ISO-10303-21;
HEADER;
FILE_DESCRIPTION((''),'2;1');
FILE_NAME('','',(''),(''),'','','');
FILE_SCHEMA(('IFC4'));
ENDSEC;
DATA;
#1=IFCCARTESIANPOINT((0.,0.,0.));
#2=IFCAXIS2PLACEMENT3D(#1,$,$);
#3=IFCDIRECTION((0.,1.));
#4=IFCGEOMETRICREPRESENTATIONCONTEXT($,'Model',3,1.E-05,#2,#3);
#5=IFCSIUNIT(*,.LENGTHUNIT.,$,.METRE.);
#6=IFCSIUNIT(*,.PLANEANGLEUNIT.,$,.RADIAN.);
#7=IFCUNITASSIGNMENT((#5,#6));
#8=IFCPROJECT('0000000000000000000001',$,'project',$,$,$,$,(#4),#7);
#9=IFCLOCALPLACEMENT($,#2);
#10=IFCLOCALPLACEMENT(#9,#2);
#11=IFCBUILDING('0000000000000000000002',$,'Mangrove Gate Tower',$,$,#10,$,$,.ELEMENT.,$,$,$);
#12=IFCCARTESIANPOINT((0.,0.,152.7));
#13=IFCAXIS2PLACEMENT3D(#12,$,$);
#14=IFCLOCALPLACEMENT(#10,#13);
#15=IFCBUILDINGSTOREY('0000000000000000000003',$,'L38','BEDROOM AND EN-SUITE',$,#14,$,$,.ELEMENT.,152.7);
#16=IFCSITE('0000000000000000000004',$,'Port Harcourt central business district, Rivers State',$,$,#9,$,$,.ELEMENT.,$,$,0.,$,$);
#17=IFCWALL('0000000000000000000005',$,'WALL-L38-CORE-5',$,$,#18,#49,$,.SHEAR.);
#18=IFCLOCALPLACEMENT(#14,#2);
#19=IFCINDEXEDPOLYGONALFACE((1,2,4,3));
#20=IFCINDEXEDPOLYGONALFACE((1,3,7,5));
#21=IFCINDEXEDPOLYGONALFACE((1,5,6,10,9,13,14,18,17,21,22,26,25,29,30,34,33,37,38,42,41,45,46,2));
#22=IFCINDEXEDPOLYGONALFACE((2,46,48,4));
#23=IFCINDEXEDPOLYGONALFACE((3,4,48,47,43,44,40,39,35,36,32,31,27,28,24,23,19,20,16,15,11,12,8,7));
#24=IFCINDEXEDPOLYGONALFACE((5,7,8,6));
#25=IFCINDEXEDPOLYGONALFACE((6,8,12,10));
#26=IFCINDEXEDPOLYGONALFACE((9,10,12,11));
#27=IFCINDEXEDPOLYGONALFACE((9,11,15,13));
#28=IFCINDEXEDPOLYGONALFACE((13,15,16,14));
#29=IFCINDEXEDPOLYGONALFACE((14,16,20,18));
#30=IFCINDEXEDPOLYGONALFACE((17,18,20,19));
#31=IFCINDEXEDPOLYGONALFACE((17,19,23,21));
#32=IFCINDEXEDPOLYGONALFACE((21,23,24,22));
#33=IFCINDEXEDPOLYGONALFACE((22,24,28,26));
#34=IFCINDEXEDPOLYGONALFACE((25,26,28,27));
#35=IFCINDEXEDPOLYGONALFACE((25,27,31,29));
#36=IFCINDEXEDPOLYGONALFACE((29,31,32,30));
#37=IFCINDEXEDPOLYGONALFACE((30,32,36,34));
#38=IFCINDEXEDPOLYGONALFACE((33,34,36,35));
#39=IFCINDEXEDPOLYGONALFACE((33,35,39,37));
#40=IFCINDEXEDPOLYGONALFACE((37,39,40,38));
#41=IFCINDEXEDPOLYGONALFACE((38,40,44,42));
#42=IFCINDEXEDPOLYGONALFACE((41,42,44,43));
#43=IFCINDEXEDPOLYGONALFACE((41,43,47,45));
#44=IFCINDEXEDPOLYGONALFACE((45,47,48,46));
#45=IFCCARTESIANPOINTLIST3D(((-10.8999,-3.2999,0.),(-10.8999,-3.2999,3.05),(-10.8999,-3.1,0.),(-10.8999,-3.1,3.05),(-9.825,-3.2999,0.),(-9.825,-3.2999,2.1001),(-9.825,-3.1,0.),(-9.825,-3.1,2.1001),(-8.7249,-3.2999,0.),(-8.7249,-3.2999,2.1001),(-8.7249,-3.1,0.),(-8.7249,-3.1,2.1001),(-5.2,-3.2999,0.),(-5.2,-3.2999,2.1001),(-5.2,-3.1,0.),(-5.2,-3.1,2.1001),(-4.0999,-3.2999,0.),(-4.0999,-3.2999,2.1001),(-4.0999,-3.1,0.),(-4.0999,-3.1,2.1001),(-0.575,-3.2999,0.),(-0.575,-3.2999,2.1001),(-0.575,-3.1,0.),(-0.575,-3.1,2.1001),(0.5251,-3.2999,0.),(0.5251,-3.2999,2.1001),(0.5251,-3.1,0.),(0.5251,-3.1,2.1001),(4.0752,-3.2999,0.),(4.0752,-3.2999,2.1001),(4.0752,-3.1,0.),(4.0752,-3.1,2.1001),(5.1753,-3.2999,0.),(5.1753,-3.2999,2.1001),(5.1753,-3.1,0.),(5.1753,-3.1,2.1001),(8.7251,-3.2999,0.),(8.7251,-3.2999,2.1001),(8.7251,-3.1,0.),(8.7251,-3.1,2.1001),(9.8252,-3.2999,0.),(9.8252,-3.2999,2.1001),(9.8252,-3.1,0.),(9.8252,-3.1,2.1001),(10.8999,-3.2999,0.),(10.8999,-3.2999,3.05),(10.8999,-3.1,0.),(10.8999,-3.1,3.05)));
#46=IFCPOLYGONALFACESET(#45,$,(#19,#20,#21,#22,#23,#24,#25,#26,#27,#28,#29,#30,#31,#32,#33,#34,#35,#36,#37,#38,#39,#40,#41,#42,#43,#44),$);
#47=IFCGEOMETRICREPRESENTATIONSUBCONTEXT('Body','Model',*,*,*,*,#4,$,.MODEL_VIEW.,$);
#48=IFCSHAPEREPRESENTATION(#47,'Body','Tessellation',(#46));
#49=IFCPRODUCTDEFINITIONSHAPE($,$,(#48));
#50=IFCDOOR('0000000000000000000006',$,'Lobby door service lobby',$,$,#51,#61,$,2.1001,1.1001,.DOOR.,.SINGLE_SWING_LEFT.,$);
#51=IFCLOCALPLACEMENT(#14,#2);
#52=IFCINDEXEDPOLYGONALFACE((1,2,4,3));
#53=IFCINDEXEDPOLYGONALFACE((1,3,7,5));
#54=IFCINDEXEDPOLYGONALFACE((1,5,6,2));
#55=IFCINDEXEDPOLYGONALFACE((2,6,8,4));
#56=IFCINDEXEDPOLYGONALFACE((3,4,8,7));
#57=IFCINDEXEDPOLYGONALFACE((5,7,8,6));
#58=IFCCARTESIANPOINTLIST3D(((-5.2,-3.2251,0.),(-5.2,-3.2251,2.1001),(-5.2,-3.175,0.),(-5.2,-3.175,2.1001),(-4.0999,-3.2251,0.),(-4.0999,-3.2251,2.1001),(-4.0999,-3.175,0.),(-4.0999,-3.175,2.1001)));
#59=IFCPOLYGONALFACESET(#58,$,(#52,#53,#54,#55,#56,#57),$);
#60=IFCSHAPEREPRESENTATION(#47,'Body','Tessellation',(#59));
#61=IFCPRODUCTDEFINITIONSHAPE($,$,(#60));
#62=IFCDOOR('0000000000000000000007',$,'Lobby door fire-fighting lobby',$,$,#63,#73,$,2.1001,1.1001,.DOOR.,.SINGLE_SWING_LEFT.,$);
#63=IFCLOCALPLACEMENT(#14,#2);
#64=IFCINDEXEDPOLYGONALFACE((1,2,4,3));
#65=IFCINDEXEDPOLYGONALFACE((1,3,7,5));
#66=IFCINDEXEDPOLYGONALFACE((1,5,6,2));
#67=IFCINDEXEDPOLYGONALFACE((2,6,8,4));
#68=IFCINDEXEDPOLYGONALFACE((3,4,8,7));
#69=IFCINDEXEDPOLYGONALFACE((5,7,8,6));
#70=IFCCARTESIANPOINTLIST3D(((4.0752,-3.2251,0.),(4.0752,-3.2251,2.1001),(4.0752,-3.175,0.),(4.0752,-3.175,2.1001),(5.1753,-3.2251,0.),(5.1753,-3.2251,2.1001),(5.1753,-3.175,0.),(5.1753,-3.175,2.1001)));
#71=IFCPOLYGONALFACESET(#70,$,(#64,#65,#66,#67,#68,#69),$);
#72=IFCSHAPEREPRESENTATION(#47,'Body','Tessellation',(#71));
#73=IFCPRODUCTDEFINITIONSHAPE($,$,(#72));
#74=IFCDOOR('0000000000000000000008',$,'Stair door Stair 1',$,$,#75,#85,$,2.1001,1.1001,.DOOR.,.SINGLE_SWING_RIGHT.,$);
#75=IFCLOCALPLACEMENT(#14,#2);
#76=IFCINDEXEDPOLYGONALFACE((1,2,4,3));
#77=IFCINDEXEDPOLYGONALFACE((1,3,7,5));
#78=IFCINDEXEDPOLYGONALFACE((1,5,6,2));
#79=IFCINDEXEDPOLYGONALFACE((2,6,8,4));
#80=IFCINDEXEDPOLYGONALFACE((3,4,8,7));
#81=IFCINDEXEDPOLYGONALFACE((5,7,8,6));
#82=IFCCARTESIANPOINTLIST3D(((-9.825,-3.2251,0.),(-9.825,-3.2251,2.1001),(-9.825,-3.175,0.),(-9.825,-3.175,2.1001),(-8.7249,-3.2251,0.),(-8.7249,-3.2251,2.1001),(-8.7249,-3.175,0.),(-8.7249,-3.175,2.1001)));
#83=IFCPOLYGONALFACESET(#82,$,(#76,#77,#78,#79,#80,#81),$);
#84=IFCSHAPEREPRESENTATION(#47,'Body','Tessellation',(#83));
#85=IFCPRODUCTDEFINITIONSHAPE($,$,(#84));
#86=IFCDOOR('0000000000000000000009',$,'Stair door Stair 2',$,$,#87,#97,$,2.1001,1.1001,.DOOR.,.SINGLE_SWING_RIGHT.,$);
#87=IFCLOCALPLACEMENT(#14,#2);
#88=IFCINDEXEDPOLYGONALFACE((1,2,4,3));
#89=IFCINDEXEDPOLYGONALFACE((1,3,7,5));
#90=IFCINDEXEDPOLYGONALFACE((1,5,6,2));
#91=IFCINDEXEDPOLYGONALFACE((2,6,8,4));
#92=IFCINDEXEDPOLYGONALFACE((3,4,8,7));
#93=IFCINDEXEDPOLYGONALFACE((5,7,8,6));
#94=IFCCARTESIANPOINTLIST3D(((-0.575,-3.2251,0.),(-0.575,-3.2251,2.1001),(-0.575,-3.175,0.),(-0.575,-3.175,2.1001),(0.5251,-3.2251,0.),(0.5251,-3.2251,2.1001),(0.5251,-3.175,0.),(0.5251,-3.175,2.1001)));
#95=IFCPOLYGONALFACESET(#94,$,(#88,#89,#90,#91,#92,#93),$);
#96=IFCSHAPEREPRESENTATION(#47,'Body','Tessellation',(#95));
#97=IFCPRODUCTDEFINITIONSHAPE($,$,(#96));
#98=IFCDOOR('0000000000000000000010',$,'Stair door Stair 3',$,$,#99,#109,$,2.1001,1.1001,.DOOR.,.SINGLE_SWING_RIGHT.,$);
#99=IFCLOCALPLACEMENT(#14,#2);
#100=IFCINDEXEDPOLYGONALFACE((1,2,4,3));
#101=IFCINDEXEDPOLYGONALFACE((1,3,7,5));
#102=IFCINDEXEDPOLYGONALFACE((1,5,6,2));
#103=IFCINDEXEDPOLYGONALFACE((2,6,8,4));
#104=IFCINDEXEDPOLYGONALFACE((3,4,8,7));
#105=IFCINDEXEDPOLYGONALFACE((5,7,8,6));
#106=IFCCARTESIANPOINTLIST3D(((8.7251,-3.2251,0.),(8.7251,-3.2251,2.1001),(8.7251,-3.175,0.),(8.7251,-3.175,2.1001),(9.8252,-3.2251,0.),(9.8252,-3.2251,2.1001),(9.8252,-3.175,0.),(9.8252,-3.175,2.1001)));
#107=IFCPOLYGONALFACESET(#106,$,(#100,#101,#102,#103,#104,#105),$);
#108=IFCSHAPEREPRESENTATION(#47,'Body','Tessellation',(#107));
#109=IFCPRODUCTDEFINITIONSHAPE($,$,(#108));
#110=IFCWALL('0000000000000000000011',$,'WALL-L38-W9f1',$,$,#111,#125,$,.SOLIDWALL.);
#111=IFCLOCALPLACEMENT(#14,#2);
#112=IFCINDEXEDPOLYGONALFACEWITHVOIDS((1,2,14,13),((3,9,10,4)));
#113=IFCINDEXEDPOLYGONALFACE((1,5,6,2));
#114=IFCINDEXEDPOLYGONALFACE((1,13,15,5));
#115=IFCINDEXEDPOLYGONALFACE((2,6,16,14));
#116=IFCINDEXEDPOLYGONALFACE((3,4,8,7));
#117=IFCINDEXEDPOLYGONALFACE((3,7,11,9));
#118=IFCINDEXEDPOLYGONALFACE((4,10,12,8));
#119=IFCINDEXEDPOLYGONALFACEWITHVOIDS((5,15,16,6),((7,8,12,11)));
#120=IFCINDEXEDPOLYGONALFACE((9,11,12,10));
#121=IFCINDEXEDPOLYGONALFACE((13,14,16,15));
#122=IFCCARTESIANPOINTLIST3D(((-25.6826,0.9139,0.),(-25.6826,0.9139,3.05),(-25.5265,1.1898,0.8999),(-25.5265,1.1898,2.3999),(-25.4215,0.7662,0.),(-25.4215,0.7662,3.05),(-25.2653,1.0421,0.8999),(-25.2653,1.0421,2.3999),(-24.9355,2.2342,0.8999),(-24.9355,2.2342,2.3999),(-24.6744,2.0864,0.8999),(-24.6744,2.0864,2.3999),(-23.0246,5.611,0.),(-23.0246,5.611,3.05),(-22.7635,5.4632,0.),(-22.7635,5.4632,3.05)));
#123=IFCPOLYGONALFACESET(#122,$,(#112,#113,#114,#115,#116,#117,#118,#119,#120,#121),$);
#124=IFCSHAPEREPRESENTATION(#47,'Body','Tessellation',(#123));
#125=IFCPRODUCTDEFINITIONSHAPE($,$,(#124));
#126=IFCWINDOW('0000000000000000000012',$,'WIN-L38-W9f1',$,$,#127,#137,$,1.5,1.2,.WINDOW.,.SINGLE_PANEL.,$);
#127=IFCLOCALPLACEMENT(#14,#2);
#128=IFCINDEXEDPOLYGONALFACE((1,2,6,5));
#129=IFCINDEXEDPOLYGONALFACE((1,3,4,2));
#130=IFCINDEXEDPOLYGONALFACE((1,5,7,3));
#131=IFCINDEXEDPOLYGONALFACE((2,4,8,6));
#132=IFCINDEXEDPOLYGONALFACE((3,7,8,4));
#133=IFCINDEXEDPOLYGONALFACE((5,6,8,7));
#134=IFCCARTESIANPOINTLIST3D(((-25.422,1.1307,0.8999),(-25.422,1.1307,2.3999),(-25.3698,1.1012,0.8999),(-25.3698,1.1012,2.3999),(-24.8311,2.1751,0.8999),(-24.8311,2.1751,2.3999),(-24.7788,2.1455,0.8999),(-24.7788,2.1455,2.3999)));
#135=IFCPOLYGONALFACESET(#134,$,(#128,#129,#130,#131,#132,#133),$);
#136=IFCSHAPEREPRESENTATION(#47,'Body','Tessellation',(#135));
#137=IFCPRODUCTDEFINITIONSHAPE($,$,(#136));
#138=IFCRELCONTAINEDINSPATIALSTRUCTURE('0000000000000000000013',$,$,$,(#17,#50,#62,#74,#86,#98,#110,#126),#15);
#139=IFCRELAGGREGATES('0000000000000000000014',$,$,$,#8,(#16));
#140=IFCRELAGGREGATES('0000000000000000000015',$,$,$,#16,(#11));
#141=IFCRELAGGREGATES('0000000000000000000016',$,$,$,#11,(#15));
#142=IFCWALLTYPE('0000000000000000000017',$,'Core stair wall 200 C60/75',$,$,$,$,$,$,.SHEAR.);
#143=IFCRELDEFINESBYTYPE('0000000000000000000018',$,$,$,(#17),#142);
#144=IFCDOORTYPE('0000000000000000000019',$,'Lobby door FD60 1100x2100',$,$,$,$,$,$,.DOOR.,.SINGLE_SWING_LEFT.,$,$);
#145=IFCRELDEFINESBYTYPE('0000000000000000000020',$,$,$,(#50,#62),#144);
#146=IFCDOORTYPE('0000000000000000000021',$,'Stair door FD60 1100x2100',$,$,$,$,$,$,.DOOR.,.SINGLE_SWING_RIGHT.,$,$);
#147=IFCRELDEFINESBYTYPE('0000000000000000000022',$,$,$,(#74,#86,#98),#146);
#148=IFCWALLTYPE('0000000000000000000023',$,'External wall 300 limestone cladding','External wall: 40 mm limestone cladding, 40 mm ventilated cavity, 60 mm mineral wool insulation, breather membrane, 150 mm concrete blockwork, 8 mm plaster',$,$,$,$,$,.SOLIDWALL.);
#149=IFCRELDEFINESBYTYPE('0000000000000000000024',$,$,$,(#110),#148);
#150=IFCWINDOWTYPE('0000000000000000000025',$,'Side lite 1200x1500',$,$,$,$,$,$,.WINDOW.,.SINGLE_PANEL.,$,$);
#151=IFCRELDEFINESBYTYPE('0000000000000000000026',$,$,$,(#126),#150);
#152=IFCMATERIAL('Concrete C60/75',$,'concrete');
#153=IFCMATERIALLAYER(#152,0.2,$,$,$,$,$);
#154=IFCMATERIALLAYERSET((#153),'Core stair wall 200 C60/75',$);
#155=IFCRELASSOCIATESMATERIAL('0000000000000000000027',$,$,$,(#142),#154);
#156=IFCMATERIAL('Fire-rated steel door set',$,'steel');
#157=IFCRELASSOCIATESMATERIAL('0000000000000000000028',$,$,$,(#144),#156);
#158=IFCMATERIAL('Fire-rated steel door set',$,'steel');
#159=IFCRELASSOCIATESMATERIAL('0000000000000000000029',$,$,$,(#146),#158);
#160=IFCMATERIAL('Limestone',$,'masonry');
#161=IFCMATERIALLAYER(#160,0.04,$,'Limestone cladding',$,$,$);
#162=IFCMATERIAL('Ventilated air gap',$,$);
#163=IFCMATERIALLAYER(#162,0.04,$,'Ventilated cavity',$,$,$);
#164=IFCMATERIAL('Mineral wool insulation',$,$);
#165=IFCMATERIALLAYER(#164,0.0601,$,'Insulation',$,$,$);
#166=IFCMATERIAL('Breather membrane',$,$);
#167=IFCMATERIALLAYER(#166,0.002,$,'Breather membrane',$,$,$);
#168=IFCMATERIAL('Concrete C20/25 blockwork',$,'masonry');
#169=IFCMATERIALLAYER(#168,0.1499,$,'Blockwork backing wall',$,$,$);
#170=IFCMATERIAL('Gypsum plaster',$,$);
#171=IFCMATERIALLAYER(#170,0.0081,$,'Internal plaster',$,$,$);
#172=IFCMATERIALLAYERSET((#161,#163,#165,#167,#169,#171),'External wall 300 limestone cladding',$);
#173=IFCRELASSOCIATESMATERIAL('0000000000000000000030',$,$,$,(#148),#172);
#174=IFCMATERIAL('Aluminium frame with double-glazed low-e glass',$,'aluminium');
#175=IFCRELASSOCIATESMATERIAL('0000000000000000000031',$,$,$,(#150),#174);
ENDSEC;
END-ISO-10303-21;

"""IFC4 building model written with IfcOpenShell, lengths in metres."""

from ifc_helpers import new_model, si_unit, direction, frame, frame_2d, origin, place, context, subcontext, project, spatial, rectangle, extrude, material, layer, layer_set, type_object, element, fill, save


model = new_model("IFC4")

# Units and contexts
model_context = context("Model", 3, precision=1e-05, world=origin(), true_north=direction((0.0, 1.0)))
body_context = subcontext(model_context, "Body", "Model", "MODEL_VIEW")
ifc_project = project(units=[si_unit("LENGTHUNIT", "METRE"), si_unit("PLANEANGLEUNIT", "RADIAN")], contexts=[model_context])

# Site, building, storey
site_placement = place(None, origin())
site = spatial("IfcSite", under=ifc_project, at=site_placement, Name="Port Harcourt central business district, Rivers State", CompositionType="ELEMENT", RefElevation=0.0)
building_placement = place(site_placement, origin())
building = spatial("IfcBuilding", under=site, at=building_placement, Name="Mangrove Gate Tower", CompositionType="ELEMENT")
storey_placement = place(building_placement, frame((0.0, 0.0, 152.7)))
storey = spatial("IfcBuildingStorey", under=building, at=storey_placement, Name="L38", Description="BEDROOM AND EN-SUITE", CompositionType="ELEMENT", Elevation=152.7)

# Wall, openings, doors
ifc_material_1 = material(Name="Concrete C60/75", Category="concrete")
ifc_layer_1 = layer(ifc_material_1, 0.2)
ifc_layer_set_1 = layer_set([ifc_layer_1], Name="Core stair wall 200 C60/75")
wall_type_1 = type_object("IfcWallType", Name="Core stair wall 200 C60/75", PredefinedType="SHEAR", material=ifc_layer_set_1)
wall_1_placement = place(storey_placement, frame((-10.8999, -3.2, 0.0), z_axis=(0.0, 0.0, 1.0), x_axis=(1.0, 0.0, 0.0)))
wall_1 = element("IfcWall", 1, at=wall_1_placement, inside=storey, type_object=wall_type_1, Name="WALL-L38-CORE-5", PredefinedType="SHEAR", context=body_context, shape_type="SweptSolid", body=[
    extrude(rectangle(XDim=21.7998, YDim=0.2, at=frame_2d((10.8999, 0.0))), origin(), (0.0, 0.0, 1.0), 3.05),
])
opening_1_placement = place(wall_1_placement, frame((1.075, 0.0, 0.0)))
opening_1 = element("IfcOpeningElement", 2, at=opening_1_placement, cuts=wall_1, PredefinedType="OPENING", context=body_context, shape_type="SweptSolid", body=[
    extrude(rectangle(XDim=1.1001, YDim=2.1001, at=frame_2d((0.55, 1.05))), frame((0.0, 0.1099, 0.0), z_axis=(0.0, -1.0, 0.0), x_axis=(1.0, 0.0, 0.0)), (0.0, 0.0, 1.0), 0.22),
])
opening_2_placement = place(wall_1_placement, frame((10.325, 0.0, 0.0)))
opening_2 = element("IfcOpeningElement", 3, at=opening_2_placement, cuts=wall_1, PredefinedType="OPENING", context=body_context, shape_type="SweptSolid", body=[
    extrude(rectangle(XDim=1.1001, YDim=2.1001, at=frame_2d((0.55, 1.05))), frame((0.0, 0.1099, 0.0), z_axis=(0.0, -1.0, 0.0), x_axis=(1.0, 0.0, 0.0)), (0.0, 0.0, 1.0), 0.22),
])
opening_3_placement = place(wall_1_placement, frame((19.625, 0.0, 0.0)))
opening_3 = element("IfcOpeningElement", 4, at=opening_3_placement, cuts=wall_1, PredefinedType="OPENING", context=body_context, shape_type="SweptSolid", body=[
    extrude(rectangle(XDim=1.1001, YDim=2.1001, at=frame_2d((0.55, 1.05))), frame((0.0, 0.1099, 0.0), z_axis=(0.0, -1.0, 0.0), x_axis=(1.0, 0.0, 0.0)), (0.0, 0.0, 1.0), 0.22),
])
opening_4_placement = place(wall_1_placement, frame((5.7, 0.0, 0.0)))
opening_4 = element("IfcOpeningElement", 5, at=opening_4_placement, cuts=wall_1, PredefinedType="OPENING", context=body_context, shape_type="SweptSolid", body=[
    extrude(rectangle(XDim=1.1001, YDim=2.1001, at=frame_2d((0.55, 1.05))), frame((0.0, 0.1099, 0.0), z_axis=(0.0, -1.0, 0.0), x_axis=(1.0, 0.0, 0.0)), (0.0, 0.0, 1.0), 0.22),
])
opening_5_placement = place(wall_1_placement, frame((14.9751, 0.0, 0.0)))
opening_5 = element("IfcOpeningElement", 6, at=opening_5_placement, cuts=wall_1, PredefinedType="OPENING", context=body_context, shape_type="SweptSolid", body=[
    extrude(rectangle(XDim=1.1001, YDim=2.1001, at=frame_2d((0.55, 1.05))), frame((0.0, 0.1099, 0.0), z_axis=(0.0, -1.0, 0.0), x_axis=(1.0, 0.0, 0.0)), (0.0, 0.0, 1.0), 0.22),
])
ifc_material_2 = material(Name="Fire-rated steel door set", Category="steel")
door_type_1 = type_object("IfcDoorType", Name="Lobby door FD60 1100x2100", OperationType="SINGLE_SWING_LEFT", PredefinedType="DOOR", material=ifc_material_2)
door_1_placement = place(opening_4_placement, origin())
door_1 = element("IfcDoor", 7, at=door_1_placement, inside=storey, type_object=door_type_1, Name="Lobby door service lobby", OperationType="SINGLE_SWING_LEFT", OverallHeight=2.1001, OverallWidth=1.1001, PredefinedType="DOOR", context=body_context, shape_type="SweptSolid", body=[
    extrude(rectangle(XDim=1.1001, YDim=2.1001, at=frame_2d((0.55, 1.05))), frame((0.0, 0.0249, 0.0), z_axis=(0.0, -1.0, 0.0), x_axis=(1.0, 0.0, 0.0)), (0.0, 0.0, 1.0), 0.05),
])
fill(opening_4, door_1)
door_2_placement = place(opening_5_placement, origin())
door_2 = element("IfcDoor", 8, at=door_2_placement, inside=storey, type_object=door_type_1, Name="Lobby door fire-fighting lobby", OperationType="SINGLE_SWING_LEFT", OverallHeight=2.1001, OverallWidth=1.1001, PredefinedType="DOOR", context=body_context, shape_type="SweptSolid", body=[
    extrude(rectangle(XDim=1.1001, YDim=2.1001, at=frame_2d((0.55, 1.05))), frame((0.0, 0.0249, 0.0), z_axis=(0.0, -1.0, 0.0), x_axis=(1.0, 0.0, 0.0)), (0.0, 0.0, 1.0), 0.05),
])
fill(opening_5, door_2)
ifc_material_3 = material(Name="Fire-rated steel door set", Category="steel")
door_type_2 = type_object("IfcDoorType", Name="Stair door FD60 1100x2100", OperationType="SINGLE_SWING_RIGHT", PredefinedType="DOOR", material=ifc_material_3)
door_3_placement = place(opening_1_placement, origin())
door_3 = element("IfcDoor", 9, at=door_3_placement, inside=storey, type_object=door_type_2, Name="Stair door Stair 1", OperationType="SINGLE_SWING_RIGHT", OverallHeight=2.1001, OverallWidth=1.1001, PredefinedType="DOOR", context=body_context, shape_type="SweptSolid", body=[
    extrude(rectangle(XDim=1.1001, YDim=2.1001, at=frame_2d((0.55, 1.05))), frame((0.0, 0.0249, 0.0), z_axis=(0.0, -1.0, 0.0), x_axis=(1.0, 0.0, 0.0)), (0.0, 0.0, 1.0), 0.05),
])
fill(opening_1, door_3)
door_4_placement = place(opening_2_placement, origin())
door_4 = element("IfcDoor", 10, at=door_4_placement, inside=storey, type_object=door_type_2, Name="Stair door Stair 2", OperationType="SINGLE_SWING_RIGHT", OverallHeight=2.1001, OverallWidth=1.1001, PredefinedType="DOOR", context=body_context, shape_type="SweptSolid", body=[
    extrude(rectangle(XDim=1.1001, YDim=2.1001, at=frame_2d((0.55, 1.05))), frame((0.0, 0.0249, 0.0), z_axis=(0.0, -1.0, 0.0), x_axis=(1.0, 0.0, 0.0)), (0.0, 0.0, 1.0), 0.05),
])
fill(opening_2, door_4)
door_5_placement = place(opening_3_placement, origin())
door_5 = element("IfcDoor", 11, at=door_5_placement, inside=storey, type_object=door_type_2, Name="Stair door Stair 3", OperationType="SINGLE_SWING_RIGHT", OverallHeight=2.1001, OverallWidth=1.1001, PredefinedType="DOOR", context=body_context, shape_type="SweptSolid", body=[
    extrude(rectangle(XDim=1.1001, YDim=2.1001, at=frame_2d((0.55, 1.05))), frame((0.0, 0.0249, 0.0), z_axis=(0.0, -1.0, 0.0), x_axis=(1.0, 0.0, 0.0)), (0.0, 0.0, 1.0), 0.05),
])
fill(opening_3, door_5)

# Wall, opening, window
ifc_material_4 = material(Name="Limestone", Category="masonry")
ifc_layer_2 = layer(ifc_material_4, 0.04, Name="Limestone cladding")
ifc_material_5 = material(Name="Ventilated air gap")
ifc_layer_3 = layer(ifc_material_5, 0.04, Name="Ventilated cavity")
ifc_material_6 = material(Name="Mineral wool insulation")
ifc_layer_4 = layer(ifc_material_6, 0.0601, Name="Insulation")
ifc_material_7 = material(Name="Breather membrane")
ifc_layer_5 = layer(ifc_material_7, 0.002, Name="Breather membrane")
ifc_material_8 = material(Name="Concrete C20/25 blockwork", Category="masonry")
ifc_layer_6 = layer(ifc_material_8, 0.1499, Name="Blockwork backing wall")
ifc_material_9 = material(Name="Gypsum plaster")
ifc_layer_7 = layer(ifc_material_9, 0.0081, Name="Internal plaster")
ifc_layer_set_2 = layer_set([ifc_layer_2, ifc_layer_3, ifc_layer_4, ifc_layer_5, ifc_layer_6, ifc_layer_7], Name="External wall 300 limestone cladding")
wall_type_2 = type_object("IfcWallType", Name="External wall 300 limestone cladding", Description="External wall: 40 mm limestone cladding, 40 mm ventilated cavity, 60 mm mineral wool insulation, breather membrane, 150 mm concrete blockwork, 8 mm plaster", PredefinedType="SOLIDWALL", material=ifc_layer_set_2)
wall_2_placement = place(storey_placement, frame((-22.894, 5.5371, 0.0), z_axis=(0.0, 0.0, 1.0), x_axis=(-0.492495, -0.870315, 0.0)))
wall_2 = element("IfcWall", 12, at=wall_2_placement, inside=storey, type_object=wall_type_2, Name="WALL-L38-W9f1", PredefinedType="SOLIDWALL", context=body_context, shape_type="SweptSolid", body=[
    extrude(rectangle(XDim=5.397, YDim=0.3, at=frame_2d((2.6985, 0.0))), origin(), (0.0, 0.0, 1.0), 3.05),
])
opening_6_placement = place(wall_2_placement, frame((3.8799, 0.0, 0.8999)))
opening_6 = element("IfcOpeningElement", 13, at=opening_6_placement, cuts=wall_2, PredefinedType="OPENING", context=body_context, shape_type="SweptSolid", body=[
    extrude(rectangle(XDim=1.2, YDim=1.5, at=frame_2d((0.6001, 0.75))), frame((0.0, 0.1599, 0.0), z_axis=(0.0, -1.0, 0.0), x_axis=(1.0, 0.0, 0.0)), (0.0, 0.0, 1.0), 0.3201),
])
ifc_material_10 = material(Name="Aluminium frame with double-glazed low-e glass", Category="aluminium")
window_type = type_object("IfcWindowType", Name="Side lite 1200x1500", PartitioningType="SINGLE_PANEL", PredefinedType="WINDOW", material=ifc_material_10)
window_1_placement = place(opening_6_placement, origin())
window_1 = element("IfcWindow", 14, at=window_1_placement, inside=storey, type_object=window_type, Name="WIN-L38-W9f1", OverallHeight=1.5, OverallWidth=1.2, PartitioningType="SINGLE_PANEL", PredefinedType="WINDOW", context=body_context, shape_type="SweptSolid", body=[
    extrude(rectangle(XDim=1.2, YDim=1.5, at=frame_2d((0.6001, 0.75))), frame((0.0, 0.03, 0.0), z_axis=(0.0, -1.0, 0.0), x_axis=(1.0, 0.0, 0.0)), (0.0, 0.0, 1.0), 0.0601),
])
fill(opening_6, window_1)

save(model, "model.ifc")
